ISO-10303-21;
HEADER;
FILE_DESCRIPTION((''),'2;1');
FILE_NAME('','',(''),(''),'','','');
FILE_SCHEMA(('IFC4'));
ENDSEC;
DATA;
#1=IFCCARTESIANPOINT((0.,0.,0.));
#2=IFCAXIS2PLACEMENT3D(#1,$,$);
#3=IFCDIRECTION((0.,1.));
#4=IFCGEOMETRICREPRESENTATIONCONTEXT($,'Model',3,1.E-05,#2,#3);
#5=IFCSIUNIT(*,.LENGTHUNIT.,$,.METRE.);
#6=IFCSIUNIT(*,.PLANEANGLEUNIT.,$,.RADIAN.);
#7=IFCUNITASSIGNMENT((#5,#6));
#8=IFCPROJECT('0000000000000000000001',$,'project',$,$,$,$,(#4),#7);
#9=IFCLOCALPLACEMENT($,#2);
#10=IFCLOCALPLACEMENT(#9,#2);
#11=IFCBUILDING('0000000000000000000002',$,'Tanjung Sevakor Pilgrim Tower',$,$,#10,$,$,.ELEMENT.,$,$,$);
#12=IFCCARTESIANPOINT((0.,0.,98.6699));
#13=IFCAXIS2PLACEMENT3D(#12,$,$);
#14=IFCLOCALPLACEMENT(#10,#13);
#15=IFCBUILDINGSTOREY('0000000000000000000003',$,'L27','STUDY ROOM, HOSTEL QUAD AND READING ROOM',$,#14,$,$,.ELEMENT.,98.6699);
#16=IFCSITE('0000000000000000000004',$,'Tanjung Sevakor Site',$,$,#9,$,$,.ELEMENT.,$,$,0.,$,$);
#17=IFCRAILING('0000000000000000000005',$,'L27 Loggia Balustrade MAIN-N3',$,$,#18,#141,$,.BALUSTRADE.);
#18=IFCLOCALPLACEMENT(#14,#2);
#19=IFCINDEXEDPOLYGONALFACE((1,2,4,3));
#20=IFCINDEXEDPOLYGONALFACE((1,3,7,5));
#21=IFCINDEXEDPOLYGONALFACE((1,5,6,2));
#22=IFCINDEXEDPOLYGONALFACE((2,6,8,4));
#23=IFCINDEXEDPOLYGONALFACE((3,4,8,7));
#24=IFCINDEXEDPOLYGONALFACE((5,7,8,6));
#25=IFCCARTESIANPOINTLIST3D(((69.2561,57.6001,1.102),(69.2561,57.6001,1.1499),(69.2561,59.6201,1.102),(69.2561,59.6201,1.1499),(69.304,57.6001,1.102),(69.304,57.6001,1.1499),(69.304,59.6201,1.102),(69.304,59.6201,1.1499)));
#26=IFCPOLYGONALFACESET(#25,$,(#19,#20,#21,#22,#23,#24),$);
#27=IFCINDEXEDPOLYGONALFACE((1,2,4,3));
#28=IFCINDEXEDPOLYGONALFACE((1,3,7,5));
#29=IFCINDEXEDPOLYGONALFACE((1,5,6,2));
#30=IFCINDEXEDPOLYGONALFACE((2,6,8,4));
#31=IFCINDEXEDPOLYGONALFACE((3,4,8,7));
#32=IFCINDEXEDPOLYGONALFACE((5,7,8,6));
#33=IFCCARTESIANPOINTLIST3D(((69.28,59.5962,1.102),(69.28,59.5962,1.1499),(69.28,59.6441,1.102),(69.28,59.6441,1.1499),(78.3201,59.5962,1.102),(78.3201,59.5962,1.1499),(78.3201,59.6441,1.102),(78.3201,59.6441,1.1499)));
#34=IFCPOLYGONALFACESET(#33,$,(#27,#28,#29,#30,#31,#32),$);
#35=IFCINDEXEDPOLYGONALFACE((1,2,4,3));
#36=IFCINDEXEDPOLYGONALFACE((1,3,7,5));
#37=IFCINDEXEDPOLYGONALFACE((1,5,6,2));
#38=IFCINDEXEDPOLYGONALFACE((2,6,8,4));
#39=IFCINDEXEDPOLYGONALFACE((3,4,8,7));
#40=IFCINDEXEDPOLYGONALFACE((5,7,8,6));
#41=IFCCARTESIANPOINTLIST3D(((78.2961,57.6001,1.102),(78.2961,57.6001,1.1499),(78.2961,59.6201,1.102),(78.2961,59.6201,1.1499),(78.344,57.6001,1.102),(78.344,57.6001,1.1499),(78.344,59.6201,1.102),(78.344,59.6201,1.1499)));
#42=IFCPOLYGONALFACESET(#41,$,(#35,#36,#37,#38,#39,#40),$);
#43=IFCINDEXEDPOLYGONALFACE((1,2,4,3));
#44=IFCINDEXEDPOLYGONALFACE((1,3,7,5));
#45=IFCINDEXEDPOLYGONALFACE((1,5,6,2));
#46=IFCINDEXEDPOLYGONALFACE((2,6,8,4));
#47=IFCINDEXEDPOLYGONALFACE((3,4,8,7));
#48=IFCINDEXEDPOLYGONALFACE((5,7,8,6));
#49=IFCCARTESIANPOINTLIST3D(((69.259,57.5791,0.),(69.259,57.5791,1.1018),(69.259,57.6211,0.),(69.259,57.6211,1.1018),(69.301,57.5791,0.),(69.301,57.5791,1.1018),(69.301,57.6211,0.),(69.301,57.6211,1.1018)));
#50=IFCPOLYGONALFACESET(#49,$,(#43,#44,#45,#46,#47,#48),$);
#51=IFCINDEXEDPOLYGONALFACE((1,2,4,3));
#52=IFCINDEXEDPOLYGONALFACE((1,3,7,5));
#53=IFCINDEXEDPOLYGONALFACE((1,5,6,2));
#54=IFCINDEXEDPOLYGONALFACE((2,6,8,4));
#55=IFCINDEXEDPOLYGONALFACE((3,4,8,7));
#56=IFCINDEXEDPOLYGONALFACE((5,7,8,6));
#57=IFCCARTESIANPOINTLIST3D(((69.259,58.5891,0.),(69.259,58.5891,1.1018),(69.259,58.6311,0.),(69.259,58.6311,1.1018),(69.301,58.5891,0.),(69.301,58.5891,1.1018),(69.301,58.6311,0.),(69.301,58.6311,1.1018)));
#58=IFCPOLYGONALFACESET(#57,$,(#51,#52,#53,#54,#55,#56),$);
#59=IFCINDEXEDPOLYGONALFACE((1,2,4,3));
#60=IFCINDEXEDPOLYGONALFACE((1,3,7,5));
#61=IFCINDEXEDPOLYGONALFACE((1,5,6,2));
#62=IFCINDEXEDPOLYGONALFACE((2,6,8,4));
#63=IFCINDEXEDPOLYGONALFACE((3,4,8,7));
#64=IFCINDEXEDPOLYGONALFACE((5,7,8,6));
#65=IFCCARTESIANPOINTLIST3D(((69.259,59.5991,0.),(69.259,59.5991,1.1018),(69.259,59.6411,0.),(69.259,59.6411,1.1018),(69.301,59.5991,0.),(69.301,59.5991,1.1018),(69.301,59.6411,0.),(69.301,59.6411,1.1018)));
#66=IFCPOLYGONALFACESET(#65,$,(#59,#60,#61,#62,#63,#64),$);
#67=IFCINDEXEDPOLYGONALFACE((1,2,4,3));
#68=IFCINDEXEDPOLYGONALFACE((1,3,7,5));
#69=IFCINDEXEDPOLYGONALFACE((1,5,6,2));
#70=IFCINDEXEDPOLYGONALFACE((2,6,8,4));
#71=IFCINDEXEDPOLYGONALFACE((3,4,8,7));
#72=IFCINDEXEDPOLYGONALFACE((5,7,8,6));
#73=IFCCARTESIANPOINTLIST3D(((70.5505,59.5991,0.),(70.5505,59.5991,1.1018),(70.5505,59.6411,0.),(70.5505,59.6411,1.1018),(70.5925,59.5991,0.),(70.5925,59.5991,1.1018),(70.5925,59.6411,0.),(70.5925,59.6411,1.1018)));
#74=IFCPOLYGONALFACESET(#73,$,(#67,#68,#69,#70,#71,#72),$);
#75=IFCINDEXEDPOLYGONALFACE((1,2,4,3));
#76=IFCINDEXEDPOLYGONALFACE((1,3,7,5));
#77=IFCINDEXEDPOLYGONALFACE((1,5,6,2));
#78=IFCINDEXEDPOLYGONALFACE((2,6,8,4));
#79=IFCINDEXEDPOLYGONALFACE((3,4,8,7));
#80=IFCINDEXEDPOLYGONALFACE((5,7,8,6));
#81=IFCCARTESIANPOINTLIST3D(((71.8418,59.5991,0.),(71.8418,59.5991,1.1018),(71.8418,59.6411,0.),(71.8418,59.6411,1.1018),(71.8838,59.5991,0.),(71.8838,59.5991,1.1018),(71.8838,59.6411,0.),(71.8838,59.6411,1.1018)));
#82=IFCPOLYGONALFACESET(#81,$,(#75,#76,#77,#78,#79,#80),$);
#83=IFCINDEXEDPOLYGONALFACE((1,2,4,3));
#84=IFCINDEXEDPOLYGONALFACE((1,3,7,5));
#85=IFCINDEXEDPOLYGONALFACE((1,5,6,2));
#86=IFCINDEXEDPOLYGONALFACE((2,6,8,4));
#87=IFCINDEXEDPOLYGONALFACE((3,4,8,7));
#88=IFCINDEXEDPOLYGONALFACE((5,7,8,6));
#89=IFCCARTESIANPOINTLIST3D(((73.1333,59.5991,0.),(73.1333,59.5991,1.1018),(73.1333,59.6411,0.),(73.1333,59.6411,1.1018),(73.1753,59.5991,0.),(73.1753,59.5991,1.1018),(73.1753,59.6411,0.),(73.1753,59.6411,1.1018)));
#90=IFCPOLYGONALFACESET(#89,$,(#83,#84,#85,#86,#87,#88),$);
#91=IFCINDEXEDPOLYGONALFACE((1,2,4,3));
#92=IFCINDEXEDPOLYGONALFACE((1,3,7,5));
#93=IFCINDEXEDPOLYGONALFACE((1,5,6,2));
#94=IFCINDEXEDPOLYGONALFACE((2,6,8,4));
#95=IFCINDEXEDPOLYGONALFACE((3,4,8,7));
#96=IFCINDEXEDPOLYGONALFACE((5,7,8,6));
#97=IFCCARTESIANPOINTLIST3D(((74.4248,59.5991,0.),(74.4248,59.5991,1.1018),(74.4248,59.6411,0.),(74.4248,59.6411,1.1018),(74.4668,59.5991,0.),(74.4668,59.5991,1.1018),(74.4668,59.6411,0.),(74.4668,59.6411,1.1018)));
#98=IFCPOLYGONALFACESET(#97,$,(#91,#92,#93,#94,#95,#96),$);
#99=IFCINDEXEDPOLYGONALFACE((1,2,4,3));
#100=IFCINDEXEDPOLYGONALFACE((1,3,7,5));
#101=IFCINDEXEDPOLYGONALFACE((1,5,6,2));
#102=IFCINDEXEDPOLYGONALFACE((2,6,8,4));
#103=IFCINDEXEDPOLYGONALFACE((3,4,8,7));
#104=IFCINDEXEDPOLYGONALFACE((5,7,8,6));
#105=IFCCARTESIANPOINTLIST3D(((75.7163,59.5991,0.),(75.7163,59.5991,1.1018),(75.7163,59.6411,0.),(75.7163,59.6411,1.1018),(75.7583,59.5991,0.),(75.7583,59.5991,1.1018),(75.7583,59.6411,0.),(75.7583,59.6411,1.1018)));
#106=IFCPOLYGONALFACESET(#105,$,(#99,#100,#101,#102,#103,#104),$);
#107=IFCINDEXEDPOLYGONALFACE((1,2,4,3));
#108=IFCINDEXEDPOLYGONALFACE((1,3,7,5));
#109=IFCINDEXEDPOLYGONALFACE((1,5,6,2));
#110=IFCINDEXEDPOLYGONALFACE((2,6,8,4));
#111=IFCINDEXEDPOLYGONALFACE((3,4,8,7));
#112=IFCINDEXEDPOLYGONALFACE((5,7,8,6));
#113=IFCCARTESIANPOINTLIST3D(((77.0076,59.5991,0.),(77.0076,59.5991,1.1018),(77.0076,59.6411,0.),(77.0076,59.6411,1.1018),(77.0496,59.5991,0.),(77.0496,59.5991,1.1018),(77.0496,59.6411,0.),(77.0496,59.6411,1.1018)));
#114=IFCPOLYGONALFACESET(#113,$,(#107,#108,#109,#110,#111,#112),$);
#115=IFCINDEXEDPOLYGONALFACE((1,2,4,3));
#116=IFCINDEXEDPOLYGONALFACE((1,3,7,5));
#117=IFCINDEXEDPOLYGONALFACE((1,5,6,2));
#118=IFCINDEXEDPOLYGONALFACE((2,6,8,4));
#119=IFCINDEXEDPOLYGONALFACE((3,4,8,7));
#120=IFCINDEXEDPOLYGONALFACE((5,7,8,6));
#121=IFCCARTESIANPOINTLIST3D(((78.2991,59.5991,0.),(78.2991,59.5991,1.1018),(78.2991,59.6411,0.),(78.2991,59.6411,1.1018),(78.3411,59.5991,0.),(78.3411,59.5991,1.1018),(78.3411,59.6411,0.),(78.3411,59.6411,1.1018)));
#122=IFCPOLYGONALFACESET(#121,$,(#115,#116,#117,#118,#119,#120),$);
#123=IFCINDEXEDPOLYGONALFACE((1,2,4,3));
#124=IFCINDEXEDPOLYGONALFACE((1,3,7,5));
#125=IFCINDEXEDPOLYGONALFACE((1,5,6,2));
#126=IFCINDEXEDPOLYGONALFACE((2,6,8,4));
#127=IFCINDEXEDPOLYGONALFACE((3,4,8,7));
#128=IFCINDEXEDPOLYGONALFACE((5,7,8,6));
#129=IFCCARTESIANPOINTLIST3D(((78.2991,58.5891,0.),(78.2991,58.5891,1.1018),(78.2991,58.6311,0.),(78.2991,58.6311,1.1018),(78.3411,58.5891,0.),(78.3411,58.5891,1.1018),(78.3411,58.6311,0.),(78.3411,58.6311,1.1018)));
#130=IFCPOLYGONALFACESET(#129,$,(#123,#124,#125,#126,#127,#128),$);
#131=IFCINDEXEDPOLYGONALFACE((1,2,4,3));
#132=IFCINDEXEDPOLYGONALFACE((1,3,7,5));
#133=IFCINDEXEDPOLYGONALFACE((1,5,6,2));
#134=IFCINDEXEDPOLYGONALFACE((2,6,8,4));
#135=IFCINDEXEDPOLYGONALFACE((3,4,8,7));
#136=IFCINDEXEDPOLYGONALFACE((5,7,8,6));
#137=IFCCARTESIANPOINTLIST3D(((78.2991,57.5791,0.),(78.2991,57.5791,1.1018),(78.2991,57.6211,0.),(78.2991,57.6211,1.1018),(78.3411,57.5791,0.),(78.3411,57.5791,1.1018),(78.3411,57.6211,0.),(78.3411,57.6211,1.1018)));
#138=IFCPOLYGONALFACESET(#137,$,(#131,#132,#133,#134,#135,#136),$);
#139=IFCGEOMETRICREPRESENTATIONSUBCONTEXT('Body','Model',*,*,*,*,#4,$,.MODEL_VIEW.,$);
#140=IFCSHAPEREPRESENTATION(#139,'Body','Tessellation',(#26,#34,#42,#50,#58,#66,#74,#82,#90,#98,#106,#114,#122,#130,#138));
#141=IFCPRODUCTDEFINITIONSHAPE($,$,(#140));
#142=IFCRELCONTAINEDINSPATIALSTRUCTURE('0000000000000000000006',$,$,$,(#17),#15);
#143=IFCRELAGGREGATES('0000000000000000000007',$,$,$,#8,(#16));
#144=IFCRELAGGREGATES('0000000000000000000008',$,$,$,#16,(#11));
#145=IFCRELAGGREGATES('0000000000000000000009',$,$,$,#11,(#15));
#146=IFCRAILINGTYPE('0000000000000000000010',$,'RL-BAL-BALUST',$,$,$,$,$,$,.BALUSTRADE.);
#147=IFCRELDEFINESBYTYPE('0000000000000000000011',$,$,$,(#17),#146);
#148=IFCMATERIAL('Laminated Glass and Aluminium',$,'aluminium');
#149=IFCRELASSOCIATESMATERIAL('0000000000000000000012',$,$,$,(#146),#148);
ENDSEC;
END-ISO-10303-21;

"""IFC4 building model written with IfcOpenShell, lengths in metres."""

from ifc_helpers import new_model, si_unit, direction, frame, origin, place, context, subcontext, project, spatial, rectangle, extrude, material, type_object, element, save


model = new_model("IFC4")

# Units and contexts
model_context = context("Model", 3, precision=1e-05, world=origin(), true_north=direction((0.0, 1.0)))
body_context = subcontext(model_context, "Body", "Model", "MODEL_VIEW")
ifc_project = project(units=[si_unit("LENGTHUNIT", "METRE"), si_unit("PLANEANGLEUNIT", "RADIAN")], contexts=[model_context])

# Site, building, storey
site_placement = place(None, origin())
site = spatial("IfcSite", under=ifc_project, at=site_placement, Name="Tanjung Sevakor Site", CompositionType="ELEMENT", RefElevation=0.0)
building_placement = place(site_placement, origin())
building = spatial("IfcBuilding", under=site, at=building_placement, Name="Tanjung Sevakor Pilgrim Tower", CompositionType="ELEMENT")
storey_placement = place(building_placement, frame((0.0, 0.0, 98.6699)))
storey = spatial("IfcBuildingStorey", under=building, at=storey_placement, Name="L27", Description="STUDY ROOM, HOSTEL QUAD AND READING ROOM", CompositionType="ELEMENT", Elevation=98.6699)

# Railing
ifc_material_1 = material(Name="Laminated Glass and Aluminium", Category="aluminium")
railing_type = type_object("IfcRailingType", Name="RL-BAL-BALUST", PredefinedType="BALUSTRADE", material=ifc_material_1)
railing_1_placement = place(storey_placement, frame((69.28, 57.6001, 0.0)))
element("IfcRailing", 1, at=railing_1_placement, inside=storey, type_object=railing_type, Name="L27 Loggia Balustrade MAIN-N3", PredefinedType="BALUSTRADE", context=body_context, shape_type="SweptSolid", body=[
    extrude(rectangle(XDim=0.0479, YDim=0.0479), frame((0.0, 0.0, 1.126), z_axis=(0.0, 1.0, 0.0), x_axis=(-1.0, 0.0, 0.0)), (0.0, 0.0, 1.0), 2.02),
    extrude(rectangle(XDim=0.0479, YDim=0.0479), frame((0.0, 2.02, 1.126), z_axis=(1.0, 0.0, 0.0), x_axis=(0.0, 1.0, 0.0)), (0.0, 0.0, 1.0), 9.04),
    extrude(rectangle(XDim=0.0479, YDim=0.0479), frame((9.04, 2.02, 1.126), z_axis=(0.0, -1.0, 0.0), x_axis=(1.0, 0.0, 0.0)), (0.0, 0.0, 1.0), 2.02),
    extrude(rectangle(XDim=0.042, YDim=0.042), origin(), (0.0, 0.0, 1.0), 1.1018),
    extrude(rectangle(XDim=0.042, YDim=0.042), frame((0.0, 1.01, 0.0)), (0.0, 0.0, 1.0), 1.1018),
    extrude(rectangle(XDim=0.042, YDim=0.042), frame((0.0, 2.02, 0.0)), (0.0, 0.0, 1.0), 1.1018),
    extrude(rectangle(XDim=0.042, YDim=0.042), frame((1.2915, 2.02, 0.0)), (0.0, 0.0, 1.0), 1.1018),
    extrude(rectangle(XDim=0.042, YDim=0.042), frame((2.5828, 2.02, 0.0)), (0.0, 0.0, 1.0), 1.1018),
    extrude(rectangle(XDim=0.042, YDim=0.042), frame((3.8743, 2.02, 0.0)), (0.0, 0.0, 1.0), 1.1018),
    extrude(rectangle(XDim=0.042, YDim=0.042), frame((5.1658, 2.02, 0.0)), (0.0, 0.0, 1.0), 1.1018),
    extrude(rectangle(XDim=0.042, YDim=0.042), frame((6.4573, 2.02, 0.0)), (0.0, 0.0, 1.0), 1.1018),
    extrude(rectangle(XDim=0.042, YDim=0.042), frame((7.7485, 2.02, 0.0)), (0.0, 0.0, 1.0), 1.1018),
    extrude(rectangle(XDim=0.042, YDim=0.042), frame((9.04, 2.02, 0.0)), (0.0, 0.0, 1.0), 1.1018),
    extrude(rectangle(XDim=0.042, YDim=0.042), frame((9.04, 1.01, 0.0)), (0.0, 0.0, 1.0), 1.1018),
    extrude(rectangle(XDim=0.042, YDim=0.042), frame((9.04, 0.0, 0.0)), (0.0, 0.0, 1.0), 1.1018),
])

save(model, "model.ifc")
